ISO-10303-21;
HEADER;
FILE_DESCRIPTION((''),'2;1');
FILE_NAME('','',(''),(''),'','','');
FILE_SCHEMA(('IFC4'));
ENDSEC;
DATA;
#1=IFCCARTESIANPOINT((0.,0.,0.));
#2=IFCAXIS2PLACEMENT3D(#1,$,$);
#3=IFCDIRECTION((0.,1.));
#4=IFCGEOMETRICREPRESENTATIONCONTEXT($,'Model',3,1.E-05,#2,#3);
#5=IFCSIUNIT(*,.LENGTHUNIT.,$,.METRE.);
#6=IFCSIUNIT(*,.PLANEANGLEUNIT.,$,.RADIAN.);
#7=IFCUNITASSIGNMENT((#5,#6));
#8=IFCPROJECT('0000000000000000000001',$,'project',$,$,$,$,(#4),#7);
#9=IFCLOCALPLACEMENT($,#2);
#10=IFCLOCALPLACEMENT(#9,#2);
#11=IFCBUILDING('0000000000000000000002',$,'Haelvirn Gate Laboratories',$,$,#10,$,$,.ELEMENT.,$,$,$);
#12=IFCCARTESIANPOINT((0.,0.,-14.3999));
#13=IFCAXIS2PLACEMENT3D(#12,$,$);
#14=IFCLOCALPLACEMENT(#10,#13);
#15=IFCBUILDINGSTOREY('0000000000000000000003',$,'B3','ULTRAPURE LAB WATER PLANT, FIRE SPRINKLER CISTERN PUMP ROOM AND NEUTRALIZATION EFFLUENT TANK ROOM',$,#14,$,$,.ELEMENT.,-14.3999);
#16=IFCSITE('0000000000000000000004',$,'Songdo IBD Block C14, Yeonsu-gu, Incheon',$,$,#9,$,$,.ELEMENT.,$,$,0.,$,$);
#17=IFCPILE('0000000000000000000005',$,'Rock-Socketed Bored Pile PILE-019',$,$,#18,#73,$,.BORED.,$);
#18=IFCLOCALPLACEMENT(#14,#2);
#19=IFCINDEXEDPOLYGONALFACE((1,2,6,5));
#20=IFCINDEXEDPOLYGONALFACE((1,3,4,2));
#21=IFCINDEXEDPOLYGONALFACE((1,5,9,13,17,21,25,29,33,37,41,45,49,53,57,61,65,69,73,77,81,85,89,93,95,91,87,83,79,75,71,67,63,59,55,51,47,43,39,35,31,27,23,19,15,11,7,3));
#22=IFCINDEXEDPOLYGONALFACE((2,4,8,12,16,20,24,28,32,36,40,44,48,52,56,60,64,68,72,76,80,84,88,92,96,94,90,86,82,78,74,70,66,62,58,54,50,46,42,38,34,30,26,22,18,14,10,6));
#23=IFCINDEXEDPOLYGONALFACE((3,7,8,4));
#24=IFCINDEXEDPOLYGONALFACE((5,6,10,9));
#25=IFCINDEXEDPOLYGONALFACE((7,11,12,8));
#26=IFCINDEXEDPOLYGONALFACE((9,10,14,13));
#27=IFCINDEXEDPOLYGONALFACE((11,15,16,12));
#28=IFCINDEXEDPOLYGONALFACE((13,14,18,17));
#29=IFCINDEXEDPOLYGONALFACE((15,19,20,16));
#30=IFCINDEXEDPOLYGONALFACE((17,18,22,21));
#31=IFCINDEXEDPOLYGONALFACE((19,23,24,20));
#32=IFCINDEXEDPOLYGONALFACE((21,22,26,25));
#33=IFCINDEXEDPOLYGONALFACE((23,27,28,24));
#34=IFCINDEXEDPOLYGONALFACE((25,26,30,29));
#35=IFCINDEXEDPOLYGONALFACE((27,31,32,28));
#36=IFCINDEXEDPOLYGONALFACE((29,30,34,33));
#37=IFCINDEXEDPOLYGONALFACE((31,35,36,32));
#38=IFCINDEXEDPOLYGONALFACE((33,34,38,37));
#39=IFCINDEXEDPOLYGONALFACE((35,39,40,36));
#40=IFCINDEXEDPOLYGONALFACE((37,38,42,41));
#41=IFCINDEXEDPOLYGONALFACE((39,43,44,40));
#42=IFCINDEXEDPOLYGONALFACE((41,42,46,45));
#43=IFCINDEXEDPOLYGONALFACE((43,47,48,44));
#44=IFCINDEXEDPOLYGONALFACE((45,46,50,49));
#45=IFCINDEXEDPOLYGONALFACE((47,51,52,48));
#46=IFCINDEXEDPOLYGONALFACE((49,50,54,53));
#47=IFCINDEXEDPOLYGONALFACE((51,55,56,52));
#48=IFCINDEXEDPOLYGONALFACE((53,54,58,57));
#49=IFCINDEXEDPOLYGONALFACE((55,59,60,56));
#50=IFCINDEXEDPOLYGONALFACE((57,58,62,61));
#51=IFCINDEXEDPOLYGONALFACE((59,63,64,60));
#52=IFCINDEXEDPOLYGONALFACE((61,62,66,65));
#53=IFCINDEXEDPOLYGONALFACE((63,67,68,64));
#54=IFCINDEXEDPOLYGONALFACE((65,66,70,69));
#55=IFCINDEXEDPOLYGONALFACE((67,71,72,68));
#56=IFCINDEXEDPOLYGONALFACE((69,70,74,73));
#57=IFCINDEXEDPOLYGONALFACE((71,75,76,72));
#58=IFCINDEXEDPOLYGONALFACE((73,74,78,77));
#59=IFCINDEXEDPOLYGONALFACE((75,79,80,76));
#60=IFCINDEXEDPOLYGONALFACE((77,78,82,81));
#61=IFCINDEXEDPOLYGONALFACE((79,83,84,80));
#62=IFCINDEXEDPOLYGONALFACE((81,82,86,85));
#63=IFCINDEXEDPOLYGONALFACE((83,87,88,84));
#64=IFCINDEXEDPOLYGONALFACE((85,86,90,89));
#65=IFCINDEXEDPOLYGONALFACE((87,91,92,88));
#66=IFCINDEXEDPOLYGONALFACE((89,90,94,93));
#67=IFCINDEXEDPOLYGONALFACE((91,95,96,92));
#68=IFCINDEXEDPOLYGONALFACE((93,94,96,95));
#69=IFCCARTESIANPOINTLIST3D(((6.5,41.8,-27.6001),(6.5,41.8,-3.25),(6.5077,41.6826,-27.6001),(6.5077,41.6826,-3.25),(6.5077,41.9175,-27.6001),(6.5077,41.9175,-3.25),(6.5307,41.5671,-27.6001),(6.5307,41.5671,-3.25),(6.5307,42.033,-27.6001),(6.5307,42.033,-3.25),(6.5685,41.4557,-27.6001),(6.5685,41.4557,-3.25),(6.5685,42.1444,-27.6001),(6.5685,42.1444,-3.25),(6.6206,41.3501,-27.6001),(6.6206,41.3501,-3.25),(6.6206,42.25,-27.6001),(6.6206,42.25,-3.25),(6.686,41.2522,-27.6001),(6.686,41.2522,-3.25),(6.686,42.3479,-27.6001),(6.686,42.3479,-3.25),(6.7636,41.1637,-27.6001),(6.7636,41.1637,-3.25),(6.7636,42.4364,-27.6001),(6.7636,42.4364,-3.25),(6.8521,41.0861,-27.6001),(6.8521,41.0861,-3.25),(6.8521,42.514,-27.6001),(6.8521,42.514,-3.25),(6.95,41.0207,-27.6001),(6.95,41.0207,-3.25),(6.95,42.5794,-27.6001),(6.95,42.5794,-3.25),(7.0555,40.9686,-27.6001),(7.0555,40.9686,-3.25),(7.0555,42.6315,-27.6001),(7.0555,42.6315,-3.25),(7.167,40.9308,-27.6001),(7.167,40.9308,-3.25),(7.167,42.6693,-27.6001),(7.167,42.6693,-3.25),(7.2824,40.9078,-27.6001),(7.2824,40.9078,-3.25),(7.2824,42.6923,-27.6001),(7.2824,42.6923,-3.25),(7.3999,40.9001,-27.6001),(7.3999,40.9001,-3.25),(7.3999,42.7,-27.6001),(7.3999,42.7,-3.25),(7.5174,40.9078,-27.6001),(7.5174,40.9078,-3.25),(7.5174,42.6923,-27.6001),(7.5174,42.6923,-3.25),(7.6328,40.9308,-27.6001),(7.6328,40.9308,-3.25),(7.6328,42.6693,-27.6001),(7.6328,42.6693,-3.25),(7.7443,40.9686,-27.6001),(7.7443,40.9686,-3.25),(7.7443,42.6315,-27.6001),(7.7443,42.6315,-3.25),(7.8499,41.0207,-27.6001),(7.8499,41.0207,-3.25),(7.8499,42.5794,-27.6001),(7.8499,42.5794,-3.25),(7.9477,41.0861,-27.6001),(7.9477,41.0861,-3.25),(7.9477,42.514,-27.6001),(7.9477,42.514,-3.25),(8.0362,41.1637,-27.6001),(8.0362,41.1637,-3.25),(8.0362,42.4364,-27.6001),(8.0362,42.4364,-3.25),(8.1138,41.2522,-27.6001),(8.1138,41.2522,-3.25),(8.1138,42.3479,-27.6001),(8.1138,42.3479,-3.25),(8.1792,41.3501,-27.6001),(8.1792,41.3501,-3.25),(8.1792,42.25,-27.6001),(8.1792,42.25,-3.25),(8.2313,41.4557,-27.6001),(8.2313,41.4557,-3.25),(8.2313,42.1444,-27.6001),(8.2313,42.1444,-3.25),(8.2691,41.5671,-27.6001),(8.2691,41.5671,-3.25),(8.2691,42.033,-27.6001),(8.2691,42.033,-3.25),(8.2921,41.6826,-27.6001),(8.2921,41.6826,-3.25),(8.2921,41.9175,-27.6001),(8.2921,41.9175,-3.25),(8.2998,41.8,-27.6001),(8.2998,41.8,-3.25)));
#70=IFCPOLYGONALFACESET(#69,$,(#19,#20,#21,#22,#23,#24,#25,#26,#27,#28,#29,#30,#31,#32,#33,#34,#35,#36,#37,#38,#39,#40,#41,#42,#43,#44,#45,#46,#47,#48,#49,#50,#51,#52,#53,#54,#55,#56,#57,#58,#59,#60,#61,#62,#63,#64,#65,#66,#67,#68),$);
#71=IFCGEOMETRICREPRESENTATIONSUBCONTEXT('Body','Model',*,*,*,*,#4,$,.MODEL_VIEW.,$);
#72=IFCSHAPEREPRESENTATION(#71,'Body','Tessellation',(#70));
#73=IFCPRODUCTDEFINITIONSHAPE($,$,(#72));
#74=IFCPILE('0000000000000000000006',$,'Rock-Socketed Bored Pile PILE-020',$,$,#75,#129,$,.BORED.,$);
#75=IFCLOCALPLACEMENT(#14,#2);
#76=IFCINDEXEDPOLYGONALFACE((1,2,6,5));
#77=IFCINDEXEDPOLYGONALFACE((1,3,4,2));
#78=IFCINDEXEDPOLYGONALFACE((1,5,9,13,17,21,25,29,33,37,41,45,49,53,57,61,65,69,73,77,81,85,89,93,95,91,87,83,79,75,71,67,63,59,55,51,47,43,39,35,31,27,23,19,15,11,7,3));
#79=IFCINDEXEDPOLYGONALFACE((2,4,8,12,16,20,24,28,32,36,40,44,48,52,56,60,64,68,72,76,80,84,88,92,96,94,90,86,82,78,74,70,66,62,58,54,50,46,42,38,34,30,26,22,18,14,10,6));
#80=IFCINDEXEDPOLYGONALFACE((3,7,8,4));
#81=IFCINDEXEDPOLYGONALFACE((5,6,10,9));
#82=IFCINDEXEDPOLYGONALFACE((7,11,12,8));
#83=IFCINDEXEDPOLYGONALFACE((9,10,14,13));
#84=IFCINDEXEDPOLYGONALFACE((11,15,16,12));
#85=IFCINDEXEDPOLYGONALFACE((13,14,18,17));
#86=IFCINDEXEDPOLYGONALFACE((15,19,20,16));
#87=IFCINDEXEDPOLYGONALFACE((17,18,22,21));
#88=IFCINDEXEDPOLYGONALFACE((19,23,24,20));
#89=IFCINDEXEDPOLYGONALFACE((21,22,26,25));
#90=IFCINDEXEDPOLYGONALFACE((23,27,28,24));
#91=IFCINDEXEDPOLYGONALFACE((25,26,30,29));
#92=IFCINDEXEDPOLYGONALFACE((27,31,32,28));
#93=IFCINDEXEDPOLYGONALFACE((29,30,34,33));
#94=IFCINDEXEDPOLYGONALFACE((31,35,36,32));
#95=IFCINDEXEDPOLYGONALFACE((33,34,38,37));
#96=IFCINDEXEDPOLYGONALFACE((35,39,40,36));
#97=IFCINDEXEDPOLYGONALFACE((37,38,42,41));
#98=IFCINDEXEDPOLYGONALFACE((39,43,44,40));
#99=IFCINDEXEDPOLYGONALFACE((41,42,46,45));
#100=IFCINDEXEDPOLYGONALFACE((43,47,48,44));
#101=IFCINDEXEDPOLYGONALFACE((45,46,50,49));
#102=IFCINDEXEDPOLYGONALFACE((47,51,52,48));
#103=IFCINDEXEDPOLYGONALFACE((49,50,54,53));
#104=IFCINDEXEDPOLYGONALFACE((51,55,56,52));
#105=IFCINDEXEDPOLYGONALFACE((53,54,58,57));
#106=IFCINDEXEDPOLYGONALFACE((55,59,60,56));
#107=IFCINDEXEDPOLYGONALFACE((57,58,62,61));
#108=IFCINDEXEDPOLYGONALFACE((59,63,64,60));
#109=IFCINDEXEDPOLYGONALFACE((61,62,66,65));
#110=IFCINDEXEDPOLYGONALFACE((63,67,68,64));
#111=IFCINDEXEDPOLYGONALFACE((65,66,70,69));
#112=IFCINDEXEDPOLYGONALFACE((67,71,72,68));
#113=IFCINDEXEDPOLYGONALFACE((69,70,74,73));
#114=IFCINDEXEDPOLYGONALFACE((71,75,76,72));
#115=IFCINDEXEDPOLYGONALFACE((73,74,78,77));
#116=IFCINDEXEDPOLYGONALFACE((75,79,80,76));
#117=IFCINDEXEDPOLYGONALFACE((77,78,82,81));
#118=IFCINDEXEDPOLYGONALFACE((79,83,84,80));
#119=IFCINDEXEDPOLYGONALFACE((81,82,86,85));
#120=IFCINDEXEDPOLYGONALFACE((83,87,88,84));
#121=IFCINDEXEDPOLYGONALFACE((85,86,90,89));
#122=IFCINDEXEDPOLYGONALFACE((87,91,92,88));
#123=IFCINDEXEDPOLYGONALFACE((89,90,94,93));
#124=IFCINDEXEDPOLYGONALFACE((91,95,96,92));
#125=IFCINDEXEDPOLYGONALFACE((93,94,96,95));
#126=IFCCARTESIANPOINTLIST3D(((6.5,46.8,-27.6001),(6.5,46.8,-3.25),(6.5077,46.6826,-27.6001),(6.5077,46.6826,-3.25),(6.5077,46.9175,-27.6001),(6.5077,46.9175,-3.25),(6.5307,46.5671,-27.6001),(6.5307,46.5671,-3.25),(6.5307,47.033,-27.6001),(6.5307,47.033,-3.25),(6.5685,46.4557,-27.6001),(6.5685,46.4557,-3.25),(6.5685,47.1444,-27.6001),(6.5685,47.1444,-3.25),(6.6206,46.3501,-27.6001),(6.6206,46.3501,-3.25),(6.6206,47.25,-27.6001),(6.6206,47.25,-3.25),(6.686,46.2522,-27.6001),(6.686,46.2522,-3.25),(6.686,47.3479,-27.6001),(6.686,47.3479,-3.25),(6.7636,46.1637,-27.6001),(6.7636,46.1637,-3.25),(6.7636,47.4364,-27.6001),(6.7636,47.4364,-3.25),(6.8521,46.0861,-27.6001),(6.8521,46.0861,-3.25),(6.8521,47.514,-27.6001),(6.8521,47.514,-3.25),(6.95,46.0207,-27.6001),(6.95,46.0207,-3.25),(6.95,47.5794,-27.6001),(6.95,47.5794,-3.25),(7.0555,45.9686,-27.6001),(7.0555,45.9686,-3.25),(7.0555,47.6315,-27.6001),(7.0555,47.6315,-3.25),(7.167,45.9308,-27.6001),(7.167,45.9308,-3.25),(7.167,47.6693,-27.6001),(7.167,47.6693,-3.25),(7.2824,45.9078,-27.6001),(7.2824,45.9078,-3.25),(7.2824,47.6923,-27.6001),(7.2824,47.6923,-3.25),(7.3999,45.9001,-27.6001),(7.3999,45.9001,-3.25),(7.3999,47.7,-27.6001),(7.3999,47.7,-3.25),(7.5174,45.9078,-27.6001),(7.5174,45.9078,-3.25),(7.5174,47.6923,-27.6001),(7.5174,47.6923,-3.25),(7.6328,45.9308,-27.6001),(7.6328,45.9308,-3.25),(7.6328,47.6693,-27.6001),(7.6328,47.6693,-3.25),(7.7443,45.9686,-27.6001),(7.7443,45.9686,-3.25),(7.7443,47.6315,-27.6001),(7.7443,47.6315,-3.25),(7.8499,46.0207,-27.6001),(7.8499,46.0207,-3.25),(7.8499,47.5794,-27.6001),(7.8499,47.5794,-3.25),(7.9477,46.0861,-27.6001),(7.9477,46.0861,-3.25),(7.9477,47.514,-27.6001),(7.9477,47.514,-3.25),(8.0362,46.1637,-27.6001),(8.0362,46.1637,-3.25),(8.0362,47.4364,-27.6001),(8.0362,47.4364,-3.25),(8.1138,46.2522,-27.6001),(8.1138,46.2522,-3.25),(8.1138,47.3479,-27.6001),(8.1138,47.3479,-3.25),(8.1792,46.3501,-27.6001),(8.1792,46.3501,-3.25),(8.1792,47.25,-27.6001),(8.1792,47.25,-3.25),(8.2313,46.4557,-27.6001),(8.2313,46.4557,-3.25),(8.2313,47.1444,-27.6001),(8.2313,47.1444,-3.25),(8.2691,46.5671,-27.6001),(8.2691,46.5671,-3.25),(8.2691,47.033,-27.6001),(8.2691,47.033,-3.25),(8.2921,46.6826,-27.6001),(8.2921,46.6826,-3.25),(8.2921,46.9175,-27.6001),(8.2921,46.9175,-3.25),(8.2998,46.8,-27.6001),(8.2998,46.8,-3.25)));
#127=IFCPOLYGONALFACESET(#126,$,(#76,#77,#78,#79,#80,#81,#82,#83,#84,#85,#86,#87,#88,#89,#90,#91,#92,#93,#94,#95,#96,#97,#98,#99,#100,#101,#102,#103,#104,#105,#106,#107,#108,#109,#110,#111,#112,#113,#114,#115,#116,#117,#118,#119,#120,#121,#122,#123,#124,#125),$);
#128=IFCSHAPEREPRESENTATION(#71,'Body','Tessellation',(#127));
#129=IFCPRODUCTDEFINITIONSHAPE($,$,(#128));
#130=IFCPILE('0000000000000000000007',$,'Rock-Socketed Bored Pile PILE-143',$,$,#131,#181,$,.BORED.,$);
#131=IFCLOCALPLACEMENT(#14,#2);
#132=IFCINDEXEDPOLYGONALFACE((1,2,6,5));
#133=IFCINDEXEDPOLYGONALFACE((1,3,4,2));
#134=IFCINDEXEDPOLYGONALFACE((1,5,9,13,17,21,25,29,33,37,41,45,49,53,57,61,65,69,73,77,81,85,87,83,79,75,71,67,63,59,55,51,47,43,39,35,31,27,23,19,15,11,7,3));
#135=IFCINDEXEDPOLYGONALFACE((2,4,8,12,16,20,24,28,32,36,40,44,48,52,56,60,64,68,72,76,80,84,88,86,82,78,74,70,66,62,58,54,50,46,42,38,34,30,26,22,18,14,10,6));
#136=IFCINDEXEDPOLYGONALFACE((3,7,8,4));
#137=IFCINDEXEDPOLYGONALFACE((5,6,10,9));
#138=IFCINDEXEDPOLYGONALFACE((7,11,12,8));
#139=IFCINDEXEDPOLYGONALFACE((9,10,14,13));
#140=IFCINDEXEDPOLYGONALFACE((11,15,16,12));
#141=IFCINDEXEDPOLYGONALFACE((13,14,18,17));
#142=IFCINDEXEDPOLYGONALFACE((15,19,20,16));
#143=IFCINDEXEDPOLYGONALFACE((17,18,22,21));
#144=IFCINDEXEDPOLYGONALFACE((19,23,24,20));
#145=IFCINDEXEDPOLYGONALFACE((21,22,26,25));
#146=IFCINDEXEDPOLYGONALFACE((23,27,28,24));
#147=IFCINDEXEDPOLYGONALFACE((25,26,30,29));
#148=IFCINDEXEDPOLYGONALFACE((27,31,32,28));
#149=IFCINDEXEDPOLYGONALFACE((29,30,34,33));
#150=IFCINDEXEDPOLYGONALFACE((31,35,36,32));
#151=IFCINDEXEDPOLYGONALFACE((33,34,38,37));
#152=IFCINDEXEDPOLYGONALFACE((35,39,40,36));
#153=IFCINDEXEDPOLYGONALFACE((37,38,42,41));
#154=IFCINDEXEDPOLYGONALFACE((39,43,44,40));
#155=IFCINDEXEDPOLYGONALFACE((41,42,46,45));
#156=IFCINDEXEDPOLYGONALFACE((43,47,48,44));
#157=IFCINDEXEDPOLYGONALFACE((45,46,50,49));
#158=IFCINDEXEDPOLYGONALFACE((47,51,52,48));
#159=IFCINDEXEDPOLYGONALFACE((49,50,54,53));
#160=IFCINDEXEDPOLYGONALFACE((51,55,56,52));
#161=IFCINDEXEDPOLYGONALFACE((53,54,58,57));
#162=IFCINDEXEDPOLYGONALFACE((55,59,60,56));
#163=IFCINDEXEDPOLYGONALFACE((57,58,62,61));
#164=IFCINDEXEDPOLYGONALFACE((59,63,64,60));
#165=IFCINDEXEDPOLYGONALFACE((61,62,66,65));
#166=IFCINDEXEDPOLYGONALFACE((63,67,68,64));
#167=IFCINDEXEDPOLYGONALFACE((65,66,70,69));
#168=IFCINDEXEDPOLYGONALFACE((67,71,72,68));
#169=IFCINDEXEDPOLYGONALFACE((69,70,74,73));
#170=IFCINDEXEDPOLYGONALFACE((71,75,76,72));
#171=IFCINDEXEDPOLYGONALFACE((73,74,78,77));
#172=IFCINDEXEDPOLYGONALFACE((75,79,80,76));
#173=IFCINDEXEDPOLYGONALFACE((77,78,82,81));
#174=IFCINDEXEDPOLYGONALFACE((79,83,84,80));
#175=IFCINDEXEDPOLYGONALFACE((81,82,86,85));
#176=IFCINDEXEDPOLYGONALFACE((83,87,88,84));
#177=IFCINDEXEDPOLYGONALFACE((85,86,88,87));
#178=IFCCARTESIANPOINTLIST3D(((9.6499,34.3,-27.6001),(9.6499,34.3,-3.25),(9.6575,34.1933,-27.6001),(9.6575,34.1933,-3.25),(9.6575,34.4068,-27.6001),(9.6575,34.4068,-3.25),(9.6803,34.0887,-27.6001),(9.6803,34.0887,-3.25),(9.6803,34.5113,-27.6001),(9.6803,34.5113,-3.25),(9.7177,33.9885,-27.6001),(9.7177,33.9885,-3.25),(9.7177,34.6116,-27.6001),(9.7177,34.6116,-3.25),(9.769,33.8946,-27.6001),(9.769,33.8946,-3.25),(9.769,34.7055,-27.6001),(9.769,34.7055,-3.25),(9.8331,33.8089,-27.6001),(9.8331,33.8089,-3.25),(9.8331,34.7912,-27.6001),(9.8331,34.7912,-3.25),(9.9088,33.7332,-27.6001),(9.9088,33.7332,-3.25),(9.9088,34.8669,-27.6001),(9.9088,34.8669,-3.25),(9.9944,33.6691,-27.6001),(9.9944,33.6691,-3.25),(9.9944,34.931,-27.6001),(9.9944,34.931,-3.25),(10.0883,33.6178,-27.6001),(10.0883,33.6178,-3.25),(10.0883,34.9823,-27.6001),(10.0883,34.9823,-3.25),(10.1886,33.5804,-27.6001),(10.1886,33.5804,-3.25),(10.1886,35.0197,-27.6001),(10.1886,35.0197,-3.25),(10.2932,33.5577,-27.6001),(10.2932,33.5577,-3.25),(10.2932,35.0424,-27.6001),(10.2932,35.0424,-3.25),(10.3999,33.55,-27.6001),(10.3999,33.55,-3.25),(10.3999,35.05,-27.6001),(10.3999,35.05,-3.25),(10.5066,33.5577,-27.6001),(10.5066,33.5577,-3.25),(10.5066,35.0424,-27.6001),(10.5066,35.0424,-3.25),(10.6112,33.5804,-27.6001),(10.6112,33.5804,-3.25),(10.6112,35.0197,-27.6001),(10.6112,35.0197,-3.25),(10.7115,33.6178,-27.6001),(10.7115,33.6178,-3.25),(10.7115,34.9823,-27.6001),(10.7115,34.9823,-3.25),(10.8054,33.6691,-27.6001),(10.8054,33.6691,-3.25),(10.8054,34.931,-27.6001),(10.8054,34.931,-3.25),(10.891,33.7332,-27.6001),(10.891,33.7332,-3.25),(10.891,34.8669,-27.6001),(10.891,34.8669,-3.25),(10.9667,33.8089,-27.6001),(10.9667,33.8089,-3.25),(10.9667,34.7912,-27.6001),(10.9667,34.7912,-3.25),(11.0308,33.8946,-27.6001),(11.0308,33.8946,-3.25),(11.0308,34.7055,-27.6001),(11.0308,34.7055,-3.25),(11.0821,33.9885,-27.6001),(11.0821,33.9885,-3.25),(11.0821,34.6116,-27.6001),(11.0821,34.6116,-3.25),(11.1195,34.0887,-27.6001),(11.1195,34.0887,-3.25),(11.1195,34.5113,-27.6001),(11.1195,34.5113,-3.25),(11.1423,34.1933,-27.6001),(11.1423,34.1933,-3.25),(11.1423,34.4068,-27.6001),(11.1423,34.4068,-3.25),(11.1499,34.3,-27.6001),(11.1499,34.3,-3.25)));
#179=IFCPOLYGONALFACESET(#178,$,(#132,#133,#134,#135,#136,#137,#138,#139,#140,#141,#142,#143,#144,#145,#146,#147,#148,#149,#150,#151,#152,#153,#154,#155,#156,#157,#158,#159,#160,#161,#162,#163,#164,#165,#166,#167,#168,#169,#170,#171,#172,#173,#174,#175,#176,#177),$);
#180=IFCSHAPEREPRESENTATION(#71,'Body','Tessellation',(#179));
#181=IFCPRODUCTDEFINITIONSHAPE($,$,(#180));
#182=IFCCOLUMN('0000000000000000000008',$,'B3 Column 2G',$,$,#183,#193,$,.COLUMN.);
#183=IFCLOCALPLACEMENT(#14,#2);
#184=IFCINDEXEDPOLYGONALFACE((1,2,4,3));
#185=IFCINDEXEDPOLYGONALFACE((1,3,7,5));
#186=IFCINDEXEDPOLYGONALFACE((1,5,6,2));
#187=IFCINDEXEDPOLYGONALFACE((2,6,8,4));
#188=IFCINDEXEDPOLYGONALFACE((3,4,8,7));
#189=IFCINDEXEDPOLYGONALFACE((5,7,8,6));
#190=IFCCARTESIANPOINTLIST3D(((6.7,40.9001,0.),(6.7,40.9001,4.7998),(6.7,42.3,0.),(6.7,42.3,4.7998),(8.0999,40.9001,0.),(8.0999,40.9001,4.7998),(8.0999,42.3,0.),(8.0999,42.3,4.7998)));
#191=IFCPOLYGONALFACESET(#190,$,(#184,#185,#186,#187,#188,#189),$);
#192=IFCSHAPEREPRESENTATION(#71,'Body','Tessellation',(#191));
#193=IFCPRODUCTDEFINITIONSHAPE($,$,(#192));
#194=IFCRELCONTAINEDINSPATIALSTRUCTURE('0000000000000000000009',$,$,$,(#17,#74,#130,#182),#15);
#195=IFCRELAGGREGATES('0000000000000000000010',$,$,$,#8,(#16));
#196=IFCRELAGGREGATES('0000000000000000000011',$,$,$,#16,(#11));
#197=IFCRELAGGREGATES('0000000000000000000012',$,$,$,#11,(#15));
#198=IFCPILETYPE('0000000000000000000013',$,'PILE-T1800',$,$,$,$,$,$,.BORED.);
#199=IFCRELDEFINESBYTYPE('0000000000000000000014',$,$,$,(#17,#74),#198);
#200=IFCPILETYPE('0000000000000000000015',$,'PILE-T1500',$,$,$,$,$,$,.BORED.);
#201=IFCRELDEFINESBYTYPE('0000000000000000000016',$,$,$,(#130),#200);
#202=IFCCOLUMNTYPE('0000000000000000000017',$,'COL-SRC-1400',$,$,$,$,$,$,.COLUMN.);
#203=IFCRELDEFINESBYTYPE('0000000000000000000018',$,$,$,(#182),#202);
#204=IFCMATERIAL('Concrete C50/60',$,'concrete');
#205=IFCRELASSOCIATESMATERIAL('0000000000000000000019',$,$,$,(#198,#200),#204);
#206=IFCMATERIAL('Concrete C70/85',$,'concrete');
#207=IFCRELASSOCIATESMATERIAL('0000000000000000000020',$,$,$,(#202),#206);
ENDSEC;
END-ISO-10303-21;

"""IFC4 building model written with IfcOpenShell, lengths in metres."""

from ifc_helpers import new_model, si_unit, direction, frame, origin, origin_2d, place, context, subcontext, project, spatial, rectangle, circle, extrude, source, transform, mapped, material, material_profile, profile_set, type_object, type_shapes, element, save


model = new_model("IFC4")

# Units and contexts
model_context = context("Model", 3, precision=1e-05, world=origin(), true_north=direction((0.0, 1.0)))
body_context = subcontext(model_context, "Body", "Model", "MODEL_VIEW")
ifc_project = project(units=[si_unit("LENGTHUNIT", "METRE"), si_unit("PLANEANGLEUNIT", "RADIAN")], contexts=[model_context])

# Site, building, storey
site_placement = place(None, origin())
site = spatial("IfcSite", under=ifc_project, at=site_placement, Name="Songdo IBD Block C14, Yeonsu-gu, Incheon", CompositionType="ELEMENT", RefElevation=0.0)
building_placement = place(site_placement, origin())
building = spatial("IfcBuilding", under=site, at=building_placement, Name="Haelvirn Gate Laboratories", CompositionType="ELEMENT")
storey_placement = place(building_placement, frame((0.0, 0.0, -14.3999)))
storey = spatial("IfcBuildingStorey", under=building, at=storey_placement, Name="B3", Description="ULTRAPURE LAB WATER PLANT, FIRE SPRINKLER CISTERN PUMP ROOM AND NEUTRALIZATION EFFLUENT TANK ROOM", CompositionType="ELEMENT", Elevation=-14.3999)

# Piles
ifc_material_1 = material(Name="Concrete C50/60", Category="concrete")
ifc_material_profile_1 = material_profile(ifc_material_1, circle(Radius=0.8999, at=origin_2d()), Name="PILE-D1800")
ifc_profile_set_1 = profile_set([ifc_material_profile_1], Name="Concrete C50/60")
pile_type_1 = type_object("IfcPileType", Name="PILE-T1800", PredefinedType="BORED", material=ifc_profile_set_1)
shared_shape_1 = source(origin(), body_context, "Body", "SweptSolid", [
    extrude(circle(Radius=0.8999, at=origin_2d()), origin(), (0.0, 0.0, 1.0), 24.3501),
])
type_shapes(pile_type_1, [shared_shape_1])
for number, where, z_axis, x_axis, name in (
    (1, (7.3999, 41.8, -3.25), (0.0, 0.0, -1.0), (1.0, 0.0, 0.0), "Rock-Socketed Bored Pile PILE-019"),
    (2, (7.3999, 46.8, -3.25), (0.0, 0.0, -1.0), (1.0, 0.0, 0.0), "Rock-Socketed Bored Pile PILE-020"),
):
    element("IfcPile", number, at=place(storey_placement, frame(where, z_axis=z_axis, x_axis=x_axis)), inside=storey, type_object=pile_type_1, Name=name, PredefinedType="BORED", context=body_context, shape_type="MappedRepresentation", body=[
        mapped(shared_shape_1, transform((0.0, 0.0, 0.0), scale=1.0)),
    ])
ifc_material_profile_2 = material_profile(ifc_material_1, circle(Radius=0.75, at=origin_2d()), Name="PILE-D1500")
ifc_profile_set_2 = profile_set([ifc_material_profile_2], Name="Concrete C50/60")
pile_type_2 = type_object("IfcPileType", Name="PILE-T1500", PredefinedType="BORED", material=ifc_profile_set_2)
shared_shape_2 = source(origin(), body_context, "Body", "SweptSolid", [
    extrude(circle(Radius=0.75, at=origin_2d()), origin(), (0.0, 0.0, 1.0), 24.3501),
])
type_shapes(pile_type_2, [shared_shape_2])
pile_placement = place(storey_placement, frame((10.3999, 34.3, -3.25), z_axis=(0.0, 0.0, -1.0), x_axis=(1.0, 0.0, 0.0)))
element("IfcPile", 3, at=pile_placement, inside=storey, type_object=pile_type_2, Name="Rock-Socketed Bored Pile PILE-143", PredefinedType="BORED", context=body_context, shape_type="MappedRepresentation", body=[
    mapped(shared_shape_2, transform((0.0, 0.0, 0.0), scale=1.0)),
])

# Column
ifc_material_2 = material(Name="Concrete C70/85", Category="concrete")
ifc_material_profile_3 = material_profile(ifc_material_2, rectangle(XDim=1.3999, YDim=1.3999, at=origin_2d()), Name="SRC-1400x1400")
ifc_profile_set_3 = profile_set([ifc_material_profile_3], Name="Concrete C70/85")
column_type_1 = type_object("IfcColumnType", Name="COL-SRC-1400", PredefinedType="COLUMN", material=ifc_profile_set_3)
shared_shape_3 = source(origin(), body_context, "Body", "SweptSolid", [
    extrude(rectangle(XDim=1.3999, YDim=1.3999, at=origin_2d()), origin(), (0.0, 0.0, 1.0), 4.7998),
])
type_shapes(column_type_1, [shared_shape_3])
for number, where, z_axis, x_axis, name in (
    (4, (7.3999, 41.6001, 0.0), (0.0, 0.0, 1.0), (1.0, 0.0, 0.0), "B3 Column 2G"),
):
    element("IfcColumn", number, at=place(storey_placement, frame(where, z_axis=z_axis, x_axis=x_axis)), inside=storey, type_object=column_type_1, Name=name, PredefinedType="COLUMN", context=body_context, shape_type="MappedRepresentation", body=[
        mapped(shared_shape_3, transform((0.0, 0.0, 0.0), scale=1.0)),
    ])

save(model, "model.ifc")
